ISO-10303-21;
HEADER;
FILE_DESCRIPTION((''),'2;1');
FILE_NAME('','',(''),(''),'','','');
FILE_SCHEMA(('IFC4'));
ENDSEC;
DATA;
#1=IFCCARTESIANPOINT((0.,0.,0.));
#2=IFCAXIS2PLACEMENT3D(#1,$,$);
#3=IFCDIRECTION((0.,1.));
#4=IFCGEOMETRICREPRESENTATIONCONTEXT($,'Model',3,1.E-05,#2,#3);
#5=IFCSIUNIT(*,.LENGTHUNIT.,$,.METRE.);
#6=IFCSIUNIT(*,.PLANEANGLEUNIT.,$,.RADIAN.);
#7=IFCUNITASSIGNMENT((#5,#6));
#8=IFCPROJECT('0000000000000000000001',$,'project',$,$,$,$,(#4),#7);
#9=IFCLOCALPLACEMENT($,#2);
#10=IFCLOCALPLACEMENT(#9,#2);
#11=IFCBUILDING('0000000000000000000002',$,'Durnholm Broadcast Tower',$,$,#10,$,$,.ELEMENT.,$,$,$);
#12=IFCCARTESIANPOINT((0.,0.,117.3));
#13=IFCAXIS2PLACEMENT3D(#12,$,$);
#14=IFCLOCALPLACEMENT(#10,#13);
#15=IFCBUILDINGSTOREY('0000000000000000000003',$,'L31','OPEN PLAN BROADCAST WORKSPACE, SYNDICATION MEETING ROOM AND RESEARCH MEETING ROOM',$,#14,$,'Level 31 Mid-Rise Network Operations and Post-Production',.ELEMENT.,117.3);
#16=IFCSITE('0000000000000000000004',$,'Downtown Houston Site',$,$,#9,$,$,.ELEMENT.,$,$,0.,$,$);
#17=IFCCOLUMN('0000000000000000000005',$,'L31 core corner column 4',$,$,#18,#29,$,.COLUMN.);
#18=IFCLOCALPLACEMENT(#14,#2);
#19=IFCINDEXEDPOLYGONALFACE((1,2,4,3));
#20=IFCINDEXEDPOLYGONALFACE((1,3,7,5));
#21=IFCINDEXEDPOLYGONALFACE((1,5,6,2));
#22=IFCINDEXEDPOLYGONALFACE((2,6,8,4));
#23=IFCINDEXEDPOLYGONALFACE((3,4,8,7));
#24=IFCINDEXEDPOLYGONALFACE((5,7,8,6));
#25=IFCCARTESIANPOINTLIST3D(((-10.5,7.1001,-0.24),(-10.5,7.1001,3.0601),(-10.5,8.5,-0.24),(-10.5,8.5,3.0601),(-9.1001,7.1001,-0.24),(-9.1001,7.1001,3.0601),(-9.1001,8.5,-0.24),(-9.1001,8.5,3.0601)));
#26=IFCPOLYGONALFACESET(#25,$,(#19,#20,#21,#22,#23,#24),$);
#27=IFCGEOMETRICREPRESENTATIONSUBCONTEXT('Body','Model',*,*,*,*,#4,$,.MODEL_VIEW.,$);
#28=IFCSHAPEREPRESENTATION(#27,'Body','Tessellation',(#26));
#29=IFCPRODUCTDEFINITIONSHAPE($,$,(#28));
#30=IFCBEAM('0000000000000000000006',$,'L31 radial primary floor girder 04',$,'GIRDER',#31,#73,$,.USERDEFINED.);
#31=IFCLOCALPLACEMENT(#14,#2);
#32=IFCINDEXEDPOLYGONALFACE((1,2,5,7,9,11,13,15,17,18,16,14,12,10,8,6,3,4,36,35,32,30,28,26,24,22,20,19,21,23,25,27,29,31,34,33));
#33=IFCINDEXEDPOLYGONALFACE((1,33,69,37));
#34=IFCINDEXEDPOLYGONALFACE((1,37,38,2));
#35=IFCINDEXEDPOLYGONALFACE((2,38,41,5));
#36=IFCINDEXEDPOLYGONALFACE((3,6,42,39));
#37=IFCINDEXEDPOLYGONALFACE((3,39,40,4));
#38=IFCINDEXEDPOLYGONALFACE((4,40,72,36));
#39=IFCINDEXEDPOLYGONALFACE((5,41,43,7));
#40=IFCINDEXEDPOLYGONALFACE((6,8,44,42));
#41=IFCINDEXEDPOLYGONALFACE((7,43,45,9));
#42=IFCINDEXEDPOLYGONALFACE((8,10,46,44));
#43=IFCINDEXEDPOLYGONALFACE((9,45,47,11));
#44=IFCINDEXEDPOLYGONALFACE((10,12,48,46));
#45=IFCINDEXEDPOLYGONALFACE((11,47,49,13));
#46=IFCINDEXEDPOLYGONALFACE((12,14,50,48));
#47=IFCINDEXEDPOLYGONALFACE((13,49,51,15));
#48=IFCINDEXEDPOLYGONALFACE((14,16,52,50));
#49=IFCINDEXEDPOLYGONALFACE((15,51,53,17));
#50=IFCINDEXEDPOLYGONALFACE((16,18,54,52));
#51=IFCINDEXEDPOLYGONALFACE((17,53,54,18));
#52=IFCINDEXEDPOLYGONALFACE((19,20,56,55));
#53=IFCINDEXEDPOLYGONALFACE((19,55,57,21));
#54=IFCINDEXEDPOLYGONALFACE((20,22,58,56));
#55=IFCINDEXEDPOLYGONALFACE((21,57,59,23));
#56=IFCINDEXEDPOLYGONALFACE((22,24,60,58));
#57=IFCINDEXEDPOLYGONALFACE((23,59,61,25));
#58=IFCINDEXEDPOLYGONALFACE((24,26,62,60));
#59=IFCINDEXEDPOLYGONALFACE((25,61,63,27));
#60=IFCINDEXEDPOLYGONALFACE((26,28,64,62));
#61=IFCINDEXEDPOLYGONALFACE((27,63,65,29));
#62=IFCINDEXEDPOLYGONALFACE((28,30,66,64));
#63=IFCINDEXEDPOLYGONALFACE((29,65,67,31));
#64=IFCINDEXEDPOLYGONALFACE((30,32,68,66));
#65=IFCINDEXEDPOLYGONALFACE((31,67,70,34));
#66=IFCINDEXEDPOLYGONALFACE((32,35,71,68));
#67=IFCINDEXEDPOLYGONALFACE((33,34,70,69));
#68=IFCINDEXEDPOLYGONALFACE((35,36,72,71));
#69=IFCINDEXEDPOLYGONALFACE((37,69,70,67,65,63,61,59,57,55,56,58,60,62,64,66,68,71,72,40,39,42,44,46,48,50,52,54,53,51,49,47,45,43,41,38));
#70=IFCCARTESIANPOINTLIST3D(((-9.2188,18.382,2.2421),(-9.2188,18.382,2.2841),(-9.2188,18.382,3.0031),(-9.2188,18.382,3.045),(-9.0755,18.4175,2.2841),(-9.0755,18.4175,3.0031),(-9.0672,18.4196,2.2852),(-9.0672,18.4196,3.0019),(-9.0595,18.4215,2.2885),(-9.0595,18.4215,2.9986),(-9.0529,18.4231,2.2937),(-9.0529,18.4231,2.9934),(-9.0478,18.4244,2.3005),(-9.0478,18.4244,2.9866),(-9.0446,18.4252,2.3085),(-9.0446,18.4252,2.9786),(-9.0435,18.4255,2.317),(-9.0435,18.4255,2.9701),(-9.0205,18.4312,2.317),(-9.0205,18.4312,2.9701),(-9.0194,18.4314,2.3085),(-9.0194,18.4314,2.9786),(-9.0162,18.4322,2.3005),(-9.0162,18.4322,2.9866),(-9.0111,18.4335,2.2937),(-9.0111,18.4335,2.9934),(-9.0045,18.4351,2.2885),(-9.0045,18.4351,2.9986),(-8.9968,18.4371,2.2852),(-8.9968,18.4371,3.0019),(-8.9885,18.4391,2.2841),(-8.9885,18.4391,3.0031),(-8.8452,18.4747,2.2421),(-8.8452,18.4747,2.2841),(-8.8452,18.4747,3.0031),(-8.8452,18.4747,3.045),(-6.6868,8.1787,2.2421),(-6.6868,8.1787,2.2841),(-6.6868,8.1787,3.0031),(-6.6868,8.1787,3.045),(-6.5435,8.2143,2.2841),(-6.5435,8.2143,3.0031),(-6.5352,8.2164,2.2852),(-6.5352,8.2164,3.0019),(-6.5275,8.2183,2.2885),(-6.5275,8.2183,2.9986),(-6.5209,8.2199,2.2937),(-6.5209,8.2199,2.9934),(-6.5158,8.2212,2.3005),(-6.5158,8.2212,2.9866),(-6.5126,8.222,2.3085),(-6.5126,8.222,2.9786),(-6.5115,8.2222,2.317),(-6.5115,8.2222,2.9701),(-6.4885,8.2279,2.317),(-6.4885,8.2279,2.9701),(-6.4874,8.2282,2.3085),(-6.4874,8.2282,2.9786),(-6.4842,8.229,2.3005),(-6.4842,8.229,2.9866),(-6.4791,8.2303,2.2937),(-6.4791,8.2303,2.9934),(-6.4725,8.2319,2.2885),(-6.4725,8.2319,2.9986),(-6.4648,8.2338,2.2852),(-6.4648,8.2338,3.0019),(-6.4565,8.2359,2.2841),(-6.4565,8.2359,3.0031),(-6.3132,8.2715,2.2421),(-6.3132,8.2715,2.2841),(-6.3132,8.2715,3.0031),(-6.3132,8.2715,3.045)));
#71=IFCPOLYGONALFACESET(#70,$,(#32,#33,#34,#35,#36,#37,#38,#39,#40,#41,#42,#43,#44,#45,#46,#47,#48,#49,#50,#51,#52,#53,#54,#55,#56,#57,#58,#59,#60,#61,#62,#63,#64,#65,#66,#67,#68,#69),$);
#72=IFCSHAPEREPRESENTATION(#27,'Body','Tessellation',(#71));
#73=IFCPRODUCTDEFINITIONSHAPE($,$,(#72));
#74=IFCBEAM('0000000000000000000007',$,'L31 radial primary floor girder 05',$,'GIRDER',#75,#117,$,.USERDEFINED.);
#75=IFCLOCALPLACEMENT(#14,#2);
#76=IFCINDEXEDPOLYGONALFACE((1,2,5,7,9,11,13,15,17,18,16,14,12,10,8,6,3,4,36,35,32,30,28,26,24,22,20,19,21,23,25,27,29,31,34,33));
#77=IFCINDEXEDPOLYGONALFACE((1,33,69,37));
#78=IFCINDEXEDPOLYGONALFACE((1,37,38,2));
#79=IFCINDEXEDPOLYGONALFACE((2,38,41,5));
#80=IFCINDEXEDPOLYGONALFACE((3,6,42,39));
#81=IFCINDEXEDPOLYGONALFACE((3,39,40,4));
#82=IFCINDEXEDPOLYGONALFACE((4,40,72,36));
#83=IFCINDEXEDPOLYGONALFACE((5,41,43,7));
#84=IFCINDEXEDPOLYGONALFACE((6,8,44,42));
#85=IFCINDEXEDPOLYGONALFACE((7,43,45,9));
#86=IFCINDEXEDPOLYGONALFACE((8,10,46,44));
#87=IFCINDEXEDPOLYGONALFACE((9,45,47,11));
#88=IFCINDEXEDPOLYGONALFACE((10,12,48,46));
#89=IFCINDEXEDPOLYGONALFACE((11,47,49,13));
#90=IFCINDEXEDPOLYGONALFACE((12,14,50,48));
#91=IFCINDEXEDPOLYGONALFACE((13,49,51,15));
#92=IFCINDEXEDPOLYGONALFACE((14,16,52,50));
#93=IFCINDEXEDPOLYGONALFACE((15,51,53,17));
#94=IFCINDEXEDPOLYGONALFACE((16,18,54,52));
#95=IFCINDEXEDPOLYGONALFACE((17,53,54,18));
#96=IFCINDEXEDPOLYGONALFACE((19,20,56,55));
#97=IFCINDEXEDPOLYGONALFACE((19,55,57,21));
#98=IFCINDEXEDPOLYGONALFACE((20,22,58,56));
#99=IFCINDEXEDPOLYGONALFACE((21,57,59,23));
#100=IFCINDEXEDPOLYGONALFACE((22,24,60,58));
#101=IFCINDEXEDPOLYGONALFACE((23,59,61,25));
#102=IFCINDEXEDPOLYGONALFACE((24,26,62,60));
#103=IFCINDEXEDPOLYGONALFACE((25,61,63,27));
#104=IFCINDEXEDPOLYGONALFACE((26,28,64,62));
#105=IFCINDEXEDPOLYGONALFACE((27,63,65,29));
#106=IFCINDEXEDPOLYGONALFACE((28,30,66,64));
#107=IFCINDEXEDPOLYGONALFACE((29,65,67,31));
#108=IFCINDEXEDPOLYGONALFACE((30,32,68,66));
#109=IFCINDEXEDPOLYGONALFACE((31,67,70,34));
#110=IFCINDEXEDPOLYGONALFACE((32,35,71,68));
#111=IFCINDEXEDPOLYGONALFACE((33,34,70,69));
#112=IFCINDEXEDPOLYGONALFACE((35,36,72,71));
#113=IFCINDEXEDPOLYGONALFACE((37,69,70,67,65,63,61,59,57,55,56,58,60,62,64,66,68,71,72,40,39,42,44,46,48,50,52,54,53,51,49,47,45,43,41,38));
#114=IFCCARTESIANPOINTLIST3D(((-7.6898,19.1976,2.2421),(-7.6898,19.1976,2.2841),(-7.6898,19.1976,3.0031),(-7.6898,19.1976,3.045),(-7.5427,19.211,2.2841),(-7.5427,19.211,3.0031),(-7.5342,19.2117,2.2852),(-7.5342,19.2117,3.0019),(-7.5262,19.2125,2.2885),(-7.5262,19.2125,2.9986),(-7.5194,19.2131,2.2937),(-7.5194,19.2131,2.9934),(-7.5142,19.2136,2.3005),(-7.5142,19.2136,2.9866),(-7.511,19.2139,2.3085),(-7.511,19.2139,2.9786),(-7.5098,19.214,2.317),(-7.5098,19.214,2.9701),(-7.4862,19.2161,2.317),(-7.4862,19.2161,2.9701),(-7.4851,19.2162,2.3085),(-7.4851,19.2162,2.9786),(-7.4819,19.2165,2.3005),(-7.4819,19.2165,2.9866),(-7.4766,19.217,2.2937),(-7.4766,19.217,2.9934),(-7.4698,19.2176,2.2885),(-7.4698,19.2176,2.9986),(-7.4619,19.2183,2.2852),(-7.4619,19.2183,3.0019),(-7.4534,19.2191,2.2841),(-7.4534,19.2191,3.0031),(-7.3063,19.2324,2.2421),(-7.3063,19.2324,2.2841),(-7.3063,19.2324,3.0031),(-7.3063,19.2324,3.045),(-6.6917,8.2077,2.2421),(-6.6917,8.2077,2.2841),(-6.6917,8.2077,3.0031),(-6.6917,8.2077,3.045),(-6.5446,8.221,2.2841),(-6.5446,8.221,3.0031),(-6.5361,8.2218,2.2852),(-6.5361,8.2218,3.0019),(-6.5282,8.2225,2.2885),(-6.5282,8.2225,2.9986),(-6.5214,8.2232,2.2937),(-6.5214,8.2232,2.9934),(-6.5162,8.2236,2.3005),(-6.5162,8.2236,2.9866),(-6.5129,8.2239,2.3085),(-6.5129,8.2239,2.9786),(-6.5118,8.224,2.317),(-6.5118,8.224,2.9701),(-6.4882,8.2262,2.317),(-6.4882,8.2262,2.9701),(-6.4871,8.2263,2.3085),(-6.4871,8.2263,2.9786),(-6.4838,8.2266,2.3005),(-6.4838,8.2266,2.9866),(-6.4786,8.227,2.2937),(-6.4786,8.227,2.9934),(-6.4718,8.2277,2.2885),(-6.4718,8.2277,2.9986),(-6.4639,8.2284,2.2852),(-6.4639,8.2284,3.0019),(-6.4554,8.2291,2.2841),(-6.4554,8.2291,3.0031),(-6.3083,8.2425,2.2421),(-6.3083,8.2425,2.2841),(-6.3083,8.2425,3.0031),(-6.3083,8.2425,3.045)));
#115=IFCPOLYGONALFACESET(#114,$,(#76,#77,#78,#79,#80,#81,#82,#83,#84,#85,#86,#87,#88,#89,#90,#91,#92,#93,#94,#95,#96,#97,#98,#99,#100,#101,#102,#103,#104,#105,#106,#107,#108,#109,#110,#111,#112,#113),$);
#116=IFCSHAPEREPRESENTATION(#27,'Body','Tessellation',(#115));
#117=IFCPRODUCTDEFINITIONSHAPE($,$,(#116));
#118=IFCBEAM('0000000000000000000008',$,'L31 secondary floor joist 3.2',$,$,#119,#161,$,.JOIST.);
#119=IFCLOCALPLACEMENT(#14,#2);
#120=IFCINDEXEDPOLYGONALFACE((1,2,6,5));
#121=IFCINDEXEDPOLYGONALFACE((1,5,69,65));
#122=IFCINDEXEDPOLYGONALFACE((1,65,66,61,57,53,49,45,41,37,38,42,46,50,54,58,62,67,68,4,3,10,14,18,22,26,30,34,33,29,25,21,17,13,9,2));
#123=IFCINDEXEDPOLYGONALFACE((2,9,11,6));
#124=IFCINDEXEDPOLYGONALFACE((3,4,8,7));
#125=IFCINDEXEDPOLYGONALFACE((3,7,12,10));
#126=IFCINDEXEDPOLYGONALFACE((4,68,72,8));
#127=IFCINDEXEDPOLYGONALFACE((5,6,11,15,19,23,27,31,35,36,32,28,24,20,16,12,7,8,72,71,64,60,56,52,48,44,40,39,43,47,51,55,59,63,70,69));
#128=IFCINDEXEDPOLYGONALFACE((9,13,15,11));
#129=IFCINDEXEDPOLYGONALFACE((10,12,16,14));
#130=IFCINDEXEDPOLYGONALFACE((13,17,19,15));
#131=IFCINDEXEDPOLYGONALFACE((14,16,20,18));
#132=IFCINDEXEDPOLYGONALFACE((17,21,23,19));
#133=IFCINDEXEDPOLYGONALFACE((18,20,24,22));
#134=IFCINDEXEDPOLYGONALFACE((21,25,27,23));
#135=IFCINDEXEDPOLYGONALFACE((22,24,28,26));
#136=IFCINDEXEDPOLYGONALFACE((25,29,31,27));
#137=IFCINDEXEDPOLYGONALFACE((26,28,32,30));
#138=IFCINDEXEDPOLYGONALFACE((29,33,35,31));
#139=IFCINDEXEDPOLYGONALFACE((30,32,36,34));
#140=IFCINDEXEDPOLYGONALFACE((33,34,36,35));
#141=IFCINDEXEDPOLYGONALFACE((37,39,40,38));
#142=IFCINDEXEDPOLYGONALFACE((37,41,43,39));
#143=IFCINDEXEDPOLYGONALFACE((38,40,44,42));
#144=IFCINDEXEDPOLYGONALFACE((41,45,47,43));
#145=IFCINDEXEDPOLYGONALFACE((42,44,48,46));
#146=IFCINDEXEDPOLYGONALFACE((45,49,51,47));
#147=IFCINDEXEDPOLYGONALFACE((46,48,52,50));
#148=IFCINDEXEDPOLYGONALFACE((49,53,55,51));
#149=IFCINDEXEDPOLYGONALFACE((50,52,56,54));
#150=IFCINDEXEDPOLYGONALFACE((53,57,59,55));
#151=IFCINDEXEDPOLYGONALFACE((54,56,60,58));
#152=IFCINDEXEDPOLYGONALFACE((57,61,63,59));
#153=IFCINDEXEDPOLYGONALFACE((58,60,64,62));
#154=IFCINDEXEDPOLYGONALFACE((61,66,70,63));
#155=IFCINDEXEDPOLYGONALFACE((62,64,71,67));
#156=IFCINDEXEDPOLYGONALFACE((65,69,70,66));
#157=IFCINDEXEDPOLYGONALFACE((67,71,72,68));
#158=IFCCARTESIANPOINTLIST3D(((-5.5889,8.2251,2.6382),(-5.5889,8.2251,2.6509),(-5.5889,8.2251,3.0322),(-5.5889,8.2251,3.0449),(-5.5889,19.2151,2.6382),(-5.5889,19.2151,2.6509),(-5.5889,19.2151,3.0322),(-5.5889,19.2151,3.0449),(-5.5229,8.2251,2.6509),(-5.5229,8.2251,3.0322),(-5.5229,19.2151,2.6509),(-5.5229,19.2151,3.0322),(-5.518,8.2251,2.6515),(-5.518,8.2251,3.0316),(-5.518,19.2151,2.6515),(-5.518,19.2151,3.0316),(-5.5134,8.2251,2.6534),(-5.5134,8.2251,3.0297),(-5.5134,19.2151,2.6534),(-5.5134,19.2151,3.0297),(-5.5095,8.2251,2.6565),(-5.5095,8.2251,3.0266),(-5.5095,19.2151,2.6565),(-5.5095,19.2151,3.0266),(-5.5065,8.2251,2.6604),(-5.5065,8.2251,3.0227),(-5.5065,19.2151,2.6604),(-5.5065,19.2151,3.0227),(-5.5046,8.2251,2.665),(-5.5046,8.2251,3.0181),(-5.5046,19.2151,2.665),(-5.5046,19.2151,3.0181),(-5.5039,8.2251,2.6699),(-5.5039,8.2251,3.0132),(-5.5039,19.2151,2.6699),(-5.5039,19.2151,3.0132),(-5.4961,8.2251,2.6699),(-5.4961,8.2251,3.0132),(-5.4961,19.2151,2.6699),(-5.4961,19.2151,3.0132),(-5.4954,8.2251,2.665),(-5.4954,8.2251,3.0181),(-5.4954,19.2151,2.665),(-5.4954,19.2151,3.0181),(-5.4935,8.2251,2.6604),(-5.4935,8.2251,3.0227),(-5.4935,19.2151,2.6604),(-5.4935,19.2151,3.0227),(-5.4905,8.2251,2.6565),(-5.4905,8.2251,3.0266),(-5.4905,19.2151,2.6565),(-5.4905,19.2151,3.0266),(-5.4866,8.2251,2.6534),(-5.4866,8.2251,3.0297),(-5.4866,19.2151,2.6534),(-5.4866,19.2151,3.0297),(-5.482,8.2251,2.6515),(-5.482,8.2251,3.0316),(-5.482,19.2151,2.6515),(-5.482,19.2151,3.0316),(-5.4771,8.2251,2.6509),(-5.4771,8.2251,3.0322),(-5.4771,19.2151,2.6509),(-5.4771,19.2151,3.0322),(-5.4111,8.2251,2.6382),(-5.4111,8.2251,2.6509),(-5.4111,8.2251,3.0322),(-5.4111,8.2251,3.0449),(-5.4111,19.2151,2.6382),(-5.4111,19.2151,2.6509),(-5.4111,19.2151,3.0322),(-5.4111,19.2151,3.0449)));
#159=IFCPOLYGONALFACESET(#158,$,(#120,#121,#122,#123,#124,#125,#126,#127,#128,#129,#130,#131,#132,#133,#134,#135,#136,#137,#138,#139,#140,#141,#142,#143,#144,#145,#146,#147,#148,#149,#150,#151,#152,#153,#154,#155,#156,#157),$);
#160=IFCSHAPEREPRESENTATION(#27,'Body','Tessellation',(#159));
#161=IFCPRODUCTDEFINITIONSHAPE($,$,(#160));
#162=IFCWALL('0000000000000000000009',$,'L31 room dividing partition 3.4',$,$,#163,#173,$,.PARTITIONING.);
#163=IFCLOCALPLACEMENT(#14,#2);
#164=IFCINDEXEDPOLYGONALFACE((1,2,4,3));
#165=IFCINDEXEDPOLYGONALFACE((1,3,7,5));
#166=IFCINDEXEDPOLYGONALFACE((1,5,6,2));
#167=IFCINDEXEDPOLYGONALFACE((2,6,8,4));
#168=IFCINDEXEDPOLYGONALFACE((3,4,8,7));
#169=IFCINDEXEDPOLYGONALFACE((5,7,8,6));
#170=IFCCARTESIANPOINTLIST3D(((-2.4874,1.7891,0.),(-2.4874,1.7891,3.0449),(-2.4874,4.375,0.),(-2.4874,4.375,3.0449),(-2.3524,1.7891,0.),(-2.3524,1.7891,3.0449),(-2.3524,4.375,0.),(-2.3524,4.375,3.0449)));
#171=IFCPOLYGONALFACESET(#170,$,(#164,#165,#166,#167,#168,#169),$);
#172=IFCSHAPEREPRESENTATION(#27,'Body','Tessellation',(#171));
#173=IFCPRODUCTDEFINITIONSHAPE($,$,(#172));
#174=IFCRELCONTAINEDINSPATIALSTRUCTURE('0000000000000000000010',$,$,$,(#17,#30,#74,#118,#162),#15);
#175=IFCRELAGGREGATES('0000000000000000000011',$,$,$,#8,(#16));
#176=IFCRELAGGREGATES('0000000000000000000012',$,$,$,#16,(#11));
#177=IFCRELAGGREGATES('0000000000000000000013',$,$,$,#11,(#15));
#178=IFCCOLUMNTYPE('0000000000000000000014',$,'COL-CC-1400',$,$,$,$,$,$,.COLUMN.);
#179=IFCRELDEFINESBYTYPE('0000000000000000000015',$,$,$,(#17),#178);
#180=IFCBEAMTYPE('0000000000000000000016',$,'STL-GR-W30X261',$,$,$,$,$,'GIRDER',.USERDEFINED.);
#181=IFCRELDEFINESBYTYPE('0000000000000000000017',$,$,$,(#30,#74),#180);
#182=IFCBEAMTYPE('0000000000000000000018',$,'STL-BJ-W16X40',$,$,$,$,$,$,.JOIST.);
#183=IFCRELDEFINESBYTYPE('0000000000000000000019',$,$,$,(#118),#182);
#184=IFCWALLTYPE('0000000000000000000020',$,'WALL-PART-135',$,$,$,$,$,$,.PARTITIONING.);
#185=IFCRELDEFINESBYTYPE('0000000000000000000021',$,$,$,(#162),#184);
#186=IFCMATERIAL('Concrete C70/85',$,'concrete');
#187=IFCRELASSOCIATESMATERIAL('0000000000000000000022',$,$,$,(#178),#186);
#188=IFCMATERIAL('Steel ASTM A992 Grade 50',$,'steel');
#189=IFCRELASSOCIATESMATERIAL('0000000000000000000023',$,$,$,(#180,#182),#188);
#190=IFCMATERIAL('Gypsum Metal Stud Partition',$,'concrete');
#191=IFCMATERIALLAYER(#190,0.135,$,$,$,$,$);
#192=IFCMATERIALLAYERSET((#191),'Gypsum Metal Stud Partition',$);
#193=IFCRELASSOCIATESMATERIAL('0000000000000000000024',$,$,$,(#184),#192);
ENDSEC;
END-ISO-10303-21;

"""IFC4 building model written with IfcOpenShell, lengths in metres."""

from ifc_helpers import new_model, si_unit, direction, frame, frame_2d, origin, origin_2d, place, context, subcontext, project, spatial, rectangle, i_section, extrude, source, transform, mapped, material, layer, layer_set, material_profile, profile_set, type_object, type_shapes, element, save


model = new_model("IFC4")

# Units and contexts
model_context = context("Model", 3, precision=1e-05, world=origin(), true_north=direction((0.0, 1.0)))
body_context = subcontext(model_context, "Body", "Model", "MODEL_VIEW")
ifc_project = project(units=[si_unit("LENGTHUNIT", "METRE"), si_unit("PLANEANGLEUNIT", "RADIAN")], contexts=[model_context])

# Site, building, storey
site_placement = place(None, origin())
site = spatial("IfcSite", under=ifc_project, at=site_placement, Name="Downtown Houston Site", CompositionType="ELEMENT", RefElevation=0.0)
building_placement = place(site_placement, origin())
building = spatial("IfcBuilding", under=site, at=building_placement, Name="Durnholm Broadcast Tower", CompositionType="ELEMENT")
storey_placement = place(building_placement, frame((0.0, 0.0, 117.3)))
storey = spatial("IfcBuildingStorey", under=building, at=storey_placement, Name="L31", Description="OPEN PLAN BROADCAST WORKSPACE, SYNDICATION MEETING ROOM AND RESEARCH MEETING ROOM", LongName="Level 31 Mid-Rise Network Operations and Post-Production", CompositionType="ELEMENT", Elevation=117.3)

# Column
ifc_material_1 = material(Name="Concrete C70/85", Category="concrete")
ifc_material_profile_1 = material_profile(ifc_material_1, rectangle(XDim=1.3999, YDim=1.3999, at=origin_2d()), Name="RC1400X1400")
ifc_profile_set_1 = profile_set([ifc_material_profile_1], Name="Concrete C70/85")
column_type = type_object("IfcColumnType", Name="COL-CC-1400", PredefinedType="COLUMN", material=ifc_profile_set_1)
shared_shape_1 = source(origin(), body_context, "Body", "SweptSolid", [
    extrude(rectangle(XDim=1.3999, YDim=1.3999, at=origin_2d()), origin(), (0.0, 0.0, 1.0), 3.3),
])
type_shapes(column_type, [shared_shape_1])
column_placement = place(storey_placement, frame((-9.8, 7.8, -0.24), z_axis=(0.0, 0.0, 1.0), x_axis=(1.0, 0.0, 0.0)))
element("IfcColumn", 1, at=column_placement, inside=storey, type_object=column_type, Name="L31 core corner column 4", PredefinedType="COLUMN", context=body_context, shape_type="MappedRepresentation", body=[
    mapped(shared_shape_1, transform((0.0, 0.0, 0.0), x_axis=(1.0, 0.0, 0.0), y_axis=(0.0, 1.0, 0.0), z_axis=(0.0, 0.0, 1.0), scale=1.0)),
])

# Beams
ifc_material_2 = material(Name="Steel ASTM A992 Grade 50", Category="steel")
ifc_material_profile_2 = material_profile(ifc_material_2, i_section(OverallWidth=0.385, OverallDepth=0.803, WebThickness=0.0237, FlangeThickness=0.042, FilletRadius=0.033, at=origin_2d()), Name="W30X261")
ifc_profile_set_2 = profile_set([ifc_material_profile_2], Name="Steel ASTM A992 Grade 50")
beam_type_1 = type_object("IfcBeamType", Name="STL-GR-W30X261", ElementType="GIRDER", PredefinedType="USERDEFINED", material=ifc_profile_set_2)
shared_shape_2 = source(origin(), body_context, "Body", "SweptSolid", [
    extrude(i_section(OverallWidth=0.385, OverallDepth=0.803, WebThickness=0.0237, FlangeThickness=0.042, FilletRadius=0.033, at=origin_2d()), origin(), (0.0, 0.0, 1.0), 10.5127),
])
beam_1_placement = place(storey_placement, frame((-6.5, 8.2251, 2.6436), z_axis=(-0.240852, 0.970562, 0.0), x_axis=(-0.970562, -0.240852, 0.0)))
element("IfcBeam", 2, at=beam_1_placement, inside=storey, type_object=beam_type_1, Name="L31 radial primary floor girder 04", ObjectType="GIRDER", PredefinedType="USERDEFINED", context=body_context, shape_type="MappedRepresentation", body=[
    mapped(shared_shape_2, transform((0.0, 0.0, 0.0), x_axis=(1.0, 0.0, 0.0), y_axis=(0.0, 1.0, 0.0), z_axis=(0.0, 0.0, 1.0), scale=1.0)),
])
shared_shape_3 = source(origin(), body_context, "Body", "SweptSolid", [
    extrude(i_section(OverallWidth=0.385, OverallDepth=0.803, WebThickness=0.0237, FlangeThickness=0.042, FilletRadius=0.033, at=origin_2d()), origin(), (0.0, 0.0, 1.0), 11.0352),
])
type_shapes(beam_type_1, [shared_shape_2, shared_shape_3])
beam_2_placement = place(storey_placement, frame((-6.5, 8.2251, 2.6436), z_axis=(-0.090442, 0.995902, 0.0), x_axis=(-0.995902, -0.090442, 0.0)))
element("IfcBeam", 3, at=beam_2_placement, inside=storey, type_object=beam_type_1, Name="L31 radial primary floor girder 05", ObjectType="GIRDER", PredefinedType="USERDEFINED", context=body_context, shape_type="MappedRepresentation", body=[
    mapped(shared_shape_3, transform((0.0, 0.0, 0.0), x_axis=(1.0, 0.0, 0.0), y_axis=(0.0, 1.0, 0.0), z_axis=(0.0, 0.0, 1.0), scale=1.0)),
])
ifc_material_profile_3 = material_profile(ifc_material_2, i_section(OverallWidth=0.1777, OverallDepth=0.4067, WebThickness=0.0078, FlangeThickness=0.0127, FilletRadius=0.019, at=origin_2d()), Name="W16X40")
ifc_profile_set_3 = profile_set([ifc_material_profile_3], Name="Steel ASTM A992 Grade 50")
beam_type_2 = type_object("IfcBeamType", Name="STL-BJ-W16X40", PredefinedType="JOIST", material=ifc_profile_set_3)
shared_shape_4 = source(origin(), body_context, "Body", "SweptSolid", [
    extrude(i_section(OverallWidth=0.1777, OverallDepth=0.4067, WebThickness=0.0078, FlangeThickness=0.0127, FilletRadius=0.019, at=origin_2d()), origin(), (0.0, 0.0, 1.0), 10.99),
])
type_shapes(beam_type_2, [shared_shape_4])
beam_3_placement = place(storey_placement, frame((-5.5, 8.2251, 2.8416), z_axis=(0.0, 1.0, 0.0), x_axis=(-1.0, 0.0, 0.0)))
element("IfcBeam", 4, at=beam_3_placement, inside=storey, type_object=beam_type_2, Name="L31 secondary floor joist 3.2", PredefinedType="JOIST", context=body_context, shape_type="MappedRepresentation", body=[
    mapped(shared_shape_4, transform((0.0, 0.0, 0.0), x_axis=(1.0, 0.0, 0.0), y_axis=(0.0, 1.0, 0.0), z_axis=(0.0, 0.0, 1.0), scale=1.0)),
])

# Wall
ifc_material_3 = material(Name="Gypsum Metal Stud Partition", Category="concrete")
ifc_layer_1 = layer(ifc_material_3, 0.135)
ifc_layer_set_1 = layer_set([ifc_layer_1], Name="Gypsum Metal Stud Partition")
wall_type_1 = type_object("IfcWallType", Name="WALL-PART-135", PredefinedType="PARTITIONING", material=ifc_layer_set_1)
wall_1_placement = place(storey_placement, frame((-2.4199, 4.375, 0.0), z_axis=(0.0, 0.0, 1.0), x_axis=(0.0, -1.0, 0.0)))
element("IfcWall", 5, at=wall_1_placement, inside=storey, type_object=wall_type_1, Name="L31 room dividing partition 3.4", PredefinedType="PARTITIONING", context=body_context, shape_type="SweptSolid", body=[
    extrude(rectangle(XDim=2.5859, YDim=0.135, at=frame_2d((1.293, 0.0))), origin(), (0.0, 0.0, 1.0), 3.0449),
])

save(model, "model.ifc")
